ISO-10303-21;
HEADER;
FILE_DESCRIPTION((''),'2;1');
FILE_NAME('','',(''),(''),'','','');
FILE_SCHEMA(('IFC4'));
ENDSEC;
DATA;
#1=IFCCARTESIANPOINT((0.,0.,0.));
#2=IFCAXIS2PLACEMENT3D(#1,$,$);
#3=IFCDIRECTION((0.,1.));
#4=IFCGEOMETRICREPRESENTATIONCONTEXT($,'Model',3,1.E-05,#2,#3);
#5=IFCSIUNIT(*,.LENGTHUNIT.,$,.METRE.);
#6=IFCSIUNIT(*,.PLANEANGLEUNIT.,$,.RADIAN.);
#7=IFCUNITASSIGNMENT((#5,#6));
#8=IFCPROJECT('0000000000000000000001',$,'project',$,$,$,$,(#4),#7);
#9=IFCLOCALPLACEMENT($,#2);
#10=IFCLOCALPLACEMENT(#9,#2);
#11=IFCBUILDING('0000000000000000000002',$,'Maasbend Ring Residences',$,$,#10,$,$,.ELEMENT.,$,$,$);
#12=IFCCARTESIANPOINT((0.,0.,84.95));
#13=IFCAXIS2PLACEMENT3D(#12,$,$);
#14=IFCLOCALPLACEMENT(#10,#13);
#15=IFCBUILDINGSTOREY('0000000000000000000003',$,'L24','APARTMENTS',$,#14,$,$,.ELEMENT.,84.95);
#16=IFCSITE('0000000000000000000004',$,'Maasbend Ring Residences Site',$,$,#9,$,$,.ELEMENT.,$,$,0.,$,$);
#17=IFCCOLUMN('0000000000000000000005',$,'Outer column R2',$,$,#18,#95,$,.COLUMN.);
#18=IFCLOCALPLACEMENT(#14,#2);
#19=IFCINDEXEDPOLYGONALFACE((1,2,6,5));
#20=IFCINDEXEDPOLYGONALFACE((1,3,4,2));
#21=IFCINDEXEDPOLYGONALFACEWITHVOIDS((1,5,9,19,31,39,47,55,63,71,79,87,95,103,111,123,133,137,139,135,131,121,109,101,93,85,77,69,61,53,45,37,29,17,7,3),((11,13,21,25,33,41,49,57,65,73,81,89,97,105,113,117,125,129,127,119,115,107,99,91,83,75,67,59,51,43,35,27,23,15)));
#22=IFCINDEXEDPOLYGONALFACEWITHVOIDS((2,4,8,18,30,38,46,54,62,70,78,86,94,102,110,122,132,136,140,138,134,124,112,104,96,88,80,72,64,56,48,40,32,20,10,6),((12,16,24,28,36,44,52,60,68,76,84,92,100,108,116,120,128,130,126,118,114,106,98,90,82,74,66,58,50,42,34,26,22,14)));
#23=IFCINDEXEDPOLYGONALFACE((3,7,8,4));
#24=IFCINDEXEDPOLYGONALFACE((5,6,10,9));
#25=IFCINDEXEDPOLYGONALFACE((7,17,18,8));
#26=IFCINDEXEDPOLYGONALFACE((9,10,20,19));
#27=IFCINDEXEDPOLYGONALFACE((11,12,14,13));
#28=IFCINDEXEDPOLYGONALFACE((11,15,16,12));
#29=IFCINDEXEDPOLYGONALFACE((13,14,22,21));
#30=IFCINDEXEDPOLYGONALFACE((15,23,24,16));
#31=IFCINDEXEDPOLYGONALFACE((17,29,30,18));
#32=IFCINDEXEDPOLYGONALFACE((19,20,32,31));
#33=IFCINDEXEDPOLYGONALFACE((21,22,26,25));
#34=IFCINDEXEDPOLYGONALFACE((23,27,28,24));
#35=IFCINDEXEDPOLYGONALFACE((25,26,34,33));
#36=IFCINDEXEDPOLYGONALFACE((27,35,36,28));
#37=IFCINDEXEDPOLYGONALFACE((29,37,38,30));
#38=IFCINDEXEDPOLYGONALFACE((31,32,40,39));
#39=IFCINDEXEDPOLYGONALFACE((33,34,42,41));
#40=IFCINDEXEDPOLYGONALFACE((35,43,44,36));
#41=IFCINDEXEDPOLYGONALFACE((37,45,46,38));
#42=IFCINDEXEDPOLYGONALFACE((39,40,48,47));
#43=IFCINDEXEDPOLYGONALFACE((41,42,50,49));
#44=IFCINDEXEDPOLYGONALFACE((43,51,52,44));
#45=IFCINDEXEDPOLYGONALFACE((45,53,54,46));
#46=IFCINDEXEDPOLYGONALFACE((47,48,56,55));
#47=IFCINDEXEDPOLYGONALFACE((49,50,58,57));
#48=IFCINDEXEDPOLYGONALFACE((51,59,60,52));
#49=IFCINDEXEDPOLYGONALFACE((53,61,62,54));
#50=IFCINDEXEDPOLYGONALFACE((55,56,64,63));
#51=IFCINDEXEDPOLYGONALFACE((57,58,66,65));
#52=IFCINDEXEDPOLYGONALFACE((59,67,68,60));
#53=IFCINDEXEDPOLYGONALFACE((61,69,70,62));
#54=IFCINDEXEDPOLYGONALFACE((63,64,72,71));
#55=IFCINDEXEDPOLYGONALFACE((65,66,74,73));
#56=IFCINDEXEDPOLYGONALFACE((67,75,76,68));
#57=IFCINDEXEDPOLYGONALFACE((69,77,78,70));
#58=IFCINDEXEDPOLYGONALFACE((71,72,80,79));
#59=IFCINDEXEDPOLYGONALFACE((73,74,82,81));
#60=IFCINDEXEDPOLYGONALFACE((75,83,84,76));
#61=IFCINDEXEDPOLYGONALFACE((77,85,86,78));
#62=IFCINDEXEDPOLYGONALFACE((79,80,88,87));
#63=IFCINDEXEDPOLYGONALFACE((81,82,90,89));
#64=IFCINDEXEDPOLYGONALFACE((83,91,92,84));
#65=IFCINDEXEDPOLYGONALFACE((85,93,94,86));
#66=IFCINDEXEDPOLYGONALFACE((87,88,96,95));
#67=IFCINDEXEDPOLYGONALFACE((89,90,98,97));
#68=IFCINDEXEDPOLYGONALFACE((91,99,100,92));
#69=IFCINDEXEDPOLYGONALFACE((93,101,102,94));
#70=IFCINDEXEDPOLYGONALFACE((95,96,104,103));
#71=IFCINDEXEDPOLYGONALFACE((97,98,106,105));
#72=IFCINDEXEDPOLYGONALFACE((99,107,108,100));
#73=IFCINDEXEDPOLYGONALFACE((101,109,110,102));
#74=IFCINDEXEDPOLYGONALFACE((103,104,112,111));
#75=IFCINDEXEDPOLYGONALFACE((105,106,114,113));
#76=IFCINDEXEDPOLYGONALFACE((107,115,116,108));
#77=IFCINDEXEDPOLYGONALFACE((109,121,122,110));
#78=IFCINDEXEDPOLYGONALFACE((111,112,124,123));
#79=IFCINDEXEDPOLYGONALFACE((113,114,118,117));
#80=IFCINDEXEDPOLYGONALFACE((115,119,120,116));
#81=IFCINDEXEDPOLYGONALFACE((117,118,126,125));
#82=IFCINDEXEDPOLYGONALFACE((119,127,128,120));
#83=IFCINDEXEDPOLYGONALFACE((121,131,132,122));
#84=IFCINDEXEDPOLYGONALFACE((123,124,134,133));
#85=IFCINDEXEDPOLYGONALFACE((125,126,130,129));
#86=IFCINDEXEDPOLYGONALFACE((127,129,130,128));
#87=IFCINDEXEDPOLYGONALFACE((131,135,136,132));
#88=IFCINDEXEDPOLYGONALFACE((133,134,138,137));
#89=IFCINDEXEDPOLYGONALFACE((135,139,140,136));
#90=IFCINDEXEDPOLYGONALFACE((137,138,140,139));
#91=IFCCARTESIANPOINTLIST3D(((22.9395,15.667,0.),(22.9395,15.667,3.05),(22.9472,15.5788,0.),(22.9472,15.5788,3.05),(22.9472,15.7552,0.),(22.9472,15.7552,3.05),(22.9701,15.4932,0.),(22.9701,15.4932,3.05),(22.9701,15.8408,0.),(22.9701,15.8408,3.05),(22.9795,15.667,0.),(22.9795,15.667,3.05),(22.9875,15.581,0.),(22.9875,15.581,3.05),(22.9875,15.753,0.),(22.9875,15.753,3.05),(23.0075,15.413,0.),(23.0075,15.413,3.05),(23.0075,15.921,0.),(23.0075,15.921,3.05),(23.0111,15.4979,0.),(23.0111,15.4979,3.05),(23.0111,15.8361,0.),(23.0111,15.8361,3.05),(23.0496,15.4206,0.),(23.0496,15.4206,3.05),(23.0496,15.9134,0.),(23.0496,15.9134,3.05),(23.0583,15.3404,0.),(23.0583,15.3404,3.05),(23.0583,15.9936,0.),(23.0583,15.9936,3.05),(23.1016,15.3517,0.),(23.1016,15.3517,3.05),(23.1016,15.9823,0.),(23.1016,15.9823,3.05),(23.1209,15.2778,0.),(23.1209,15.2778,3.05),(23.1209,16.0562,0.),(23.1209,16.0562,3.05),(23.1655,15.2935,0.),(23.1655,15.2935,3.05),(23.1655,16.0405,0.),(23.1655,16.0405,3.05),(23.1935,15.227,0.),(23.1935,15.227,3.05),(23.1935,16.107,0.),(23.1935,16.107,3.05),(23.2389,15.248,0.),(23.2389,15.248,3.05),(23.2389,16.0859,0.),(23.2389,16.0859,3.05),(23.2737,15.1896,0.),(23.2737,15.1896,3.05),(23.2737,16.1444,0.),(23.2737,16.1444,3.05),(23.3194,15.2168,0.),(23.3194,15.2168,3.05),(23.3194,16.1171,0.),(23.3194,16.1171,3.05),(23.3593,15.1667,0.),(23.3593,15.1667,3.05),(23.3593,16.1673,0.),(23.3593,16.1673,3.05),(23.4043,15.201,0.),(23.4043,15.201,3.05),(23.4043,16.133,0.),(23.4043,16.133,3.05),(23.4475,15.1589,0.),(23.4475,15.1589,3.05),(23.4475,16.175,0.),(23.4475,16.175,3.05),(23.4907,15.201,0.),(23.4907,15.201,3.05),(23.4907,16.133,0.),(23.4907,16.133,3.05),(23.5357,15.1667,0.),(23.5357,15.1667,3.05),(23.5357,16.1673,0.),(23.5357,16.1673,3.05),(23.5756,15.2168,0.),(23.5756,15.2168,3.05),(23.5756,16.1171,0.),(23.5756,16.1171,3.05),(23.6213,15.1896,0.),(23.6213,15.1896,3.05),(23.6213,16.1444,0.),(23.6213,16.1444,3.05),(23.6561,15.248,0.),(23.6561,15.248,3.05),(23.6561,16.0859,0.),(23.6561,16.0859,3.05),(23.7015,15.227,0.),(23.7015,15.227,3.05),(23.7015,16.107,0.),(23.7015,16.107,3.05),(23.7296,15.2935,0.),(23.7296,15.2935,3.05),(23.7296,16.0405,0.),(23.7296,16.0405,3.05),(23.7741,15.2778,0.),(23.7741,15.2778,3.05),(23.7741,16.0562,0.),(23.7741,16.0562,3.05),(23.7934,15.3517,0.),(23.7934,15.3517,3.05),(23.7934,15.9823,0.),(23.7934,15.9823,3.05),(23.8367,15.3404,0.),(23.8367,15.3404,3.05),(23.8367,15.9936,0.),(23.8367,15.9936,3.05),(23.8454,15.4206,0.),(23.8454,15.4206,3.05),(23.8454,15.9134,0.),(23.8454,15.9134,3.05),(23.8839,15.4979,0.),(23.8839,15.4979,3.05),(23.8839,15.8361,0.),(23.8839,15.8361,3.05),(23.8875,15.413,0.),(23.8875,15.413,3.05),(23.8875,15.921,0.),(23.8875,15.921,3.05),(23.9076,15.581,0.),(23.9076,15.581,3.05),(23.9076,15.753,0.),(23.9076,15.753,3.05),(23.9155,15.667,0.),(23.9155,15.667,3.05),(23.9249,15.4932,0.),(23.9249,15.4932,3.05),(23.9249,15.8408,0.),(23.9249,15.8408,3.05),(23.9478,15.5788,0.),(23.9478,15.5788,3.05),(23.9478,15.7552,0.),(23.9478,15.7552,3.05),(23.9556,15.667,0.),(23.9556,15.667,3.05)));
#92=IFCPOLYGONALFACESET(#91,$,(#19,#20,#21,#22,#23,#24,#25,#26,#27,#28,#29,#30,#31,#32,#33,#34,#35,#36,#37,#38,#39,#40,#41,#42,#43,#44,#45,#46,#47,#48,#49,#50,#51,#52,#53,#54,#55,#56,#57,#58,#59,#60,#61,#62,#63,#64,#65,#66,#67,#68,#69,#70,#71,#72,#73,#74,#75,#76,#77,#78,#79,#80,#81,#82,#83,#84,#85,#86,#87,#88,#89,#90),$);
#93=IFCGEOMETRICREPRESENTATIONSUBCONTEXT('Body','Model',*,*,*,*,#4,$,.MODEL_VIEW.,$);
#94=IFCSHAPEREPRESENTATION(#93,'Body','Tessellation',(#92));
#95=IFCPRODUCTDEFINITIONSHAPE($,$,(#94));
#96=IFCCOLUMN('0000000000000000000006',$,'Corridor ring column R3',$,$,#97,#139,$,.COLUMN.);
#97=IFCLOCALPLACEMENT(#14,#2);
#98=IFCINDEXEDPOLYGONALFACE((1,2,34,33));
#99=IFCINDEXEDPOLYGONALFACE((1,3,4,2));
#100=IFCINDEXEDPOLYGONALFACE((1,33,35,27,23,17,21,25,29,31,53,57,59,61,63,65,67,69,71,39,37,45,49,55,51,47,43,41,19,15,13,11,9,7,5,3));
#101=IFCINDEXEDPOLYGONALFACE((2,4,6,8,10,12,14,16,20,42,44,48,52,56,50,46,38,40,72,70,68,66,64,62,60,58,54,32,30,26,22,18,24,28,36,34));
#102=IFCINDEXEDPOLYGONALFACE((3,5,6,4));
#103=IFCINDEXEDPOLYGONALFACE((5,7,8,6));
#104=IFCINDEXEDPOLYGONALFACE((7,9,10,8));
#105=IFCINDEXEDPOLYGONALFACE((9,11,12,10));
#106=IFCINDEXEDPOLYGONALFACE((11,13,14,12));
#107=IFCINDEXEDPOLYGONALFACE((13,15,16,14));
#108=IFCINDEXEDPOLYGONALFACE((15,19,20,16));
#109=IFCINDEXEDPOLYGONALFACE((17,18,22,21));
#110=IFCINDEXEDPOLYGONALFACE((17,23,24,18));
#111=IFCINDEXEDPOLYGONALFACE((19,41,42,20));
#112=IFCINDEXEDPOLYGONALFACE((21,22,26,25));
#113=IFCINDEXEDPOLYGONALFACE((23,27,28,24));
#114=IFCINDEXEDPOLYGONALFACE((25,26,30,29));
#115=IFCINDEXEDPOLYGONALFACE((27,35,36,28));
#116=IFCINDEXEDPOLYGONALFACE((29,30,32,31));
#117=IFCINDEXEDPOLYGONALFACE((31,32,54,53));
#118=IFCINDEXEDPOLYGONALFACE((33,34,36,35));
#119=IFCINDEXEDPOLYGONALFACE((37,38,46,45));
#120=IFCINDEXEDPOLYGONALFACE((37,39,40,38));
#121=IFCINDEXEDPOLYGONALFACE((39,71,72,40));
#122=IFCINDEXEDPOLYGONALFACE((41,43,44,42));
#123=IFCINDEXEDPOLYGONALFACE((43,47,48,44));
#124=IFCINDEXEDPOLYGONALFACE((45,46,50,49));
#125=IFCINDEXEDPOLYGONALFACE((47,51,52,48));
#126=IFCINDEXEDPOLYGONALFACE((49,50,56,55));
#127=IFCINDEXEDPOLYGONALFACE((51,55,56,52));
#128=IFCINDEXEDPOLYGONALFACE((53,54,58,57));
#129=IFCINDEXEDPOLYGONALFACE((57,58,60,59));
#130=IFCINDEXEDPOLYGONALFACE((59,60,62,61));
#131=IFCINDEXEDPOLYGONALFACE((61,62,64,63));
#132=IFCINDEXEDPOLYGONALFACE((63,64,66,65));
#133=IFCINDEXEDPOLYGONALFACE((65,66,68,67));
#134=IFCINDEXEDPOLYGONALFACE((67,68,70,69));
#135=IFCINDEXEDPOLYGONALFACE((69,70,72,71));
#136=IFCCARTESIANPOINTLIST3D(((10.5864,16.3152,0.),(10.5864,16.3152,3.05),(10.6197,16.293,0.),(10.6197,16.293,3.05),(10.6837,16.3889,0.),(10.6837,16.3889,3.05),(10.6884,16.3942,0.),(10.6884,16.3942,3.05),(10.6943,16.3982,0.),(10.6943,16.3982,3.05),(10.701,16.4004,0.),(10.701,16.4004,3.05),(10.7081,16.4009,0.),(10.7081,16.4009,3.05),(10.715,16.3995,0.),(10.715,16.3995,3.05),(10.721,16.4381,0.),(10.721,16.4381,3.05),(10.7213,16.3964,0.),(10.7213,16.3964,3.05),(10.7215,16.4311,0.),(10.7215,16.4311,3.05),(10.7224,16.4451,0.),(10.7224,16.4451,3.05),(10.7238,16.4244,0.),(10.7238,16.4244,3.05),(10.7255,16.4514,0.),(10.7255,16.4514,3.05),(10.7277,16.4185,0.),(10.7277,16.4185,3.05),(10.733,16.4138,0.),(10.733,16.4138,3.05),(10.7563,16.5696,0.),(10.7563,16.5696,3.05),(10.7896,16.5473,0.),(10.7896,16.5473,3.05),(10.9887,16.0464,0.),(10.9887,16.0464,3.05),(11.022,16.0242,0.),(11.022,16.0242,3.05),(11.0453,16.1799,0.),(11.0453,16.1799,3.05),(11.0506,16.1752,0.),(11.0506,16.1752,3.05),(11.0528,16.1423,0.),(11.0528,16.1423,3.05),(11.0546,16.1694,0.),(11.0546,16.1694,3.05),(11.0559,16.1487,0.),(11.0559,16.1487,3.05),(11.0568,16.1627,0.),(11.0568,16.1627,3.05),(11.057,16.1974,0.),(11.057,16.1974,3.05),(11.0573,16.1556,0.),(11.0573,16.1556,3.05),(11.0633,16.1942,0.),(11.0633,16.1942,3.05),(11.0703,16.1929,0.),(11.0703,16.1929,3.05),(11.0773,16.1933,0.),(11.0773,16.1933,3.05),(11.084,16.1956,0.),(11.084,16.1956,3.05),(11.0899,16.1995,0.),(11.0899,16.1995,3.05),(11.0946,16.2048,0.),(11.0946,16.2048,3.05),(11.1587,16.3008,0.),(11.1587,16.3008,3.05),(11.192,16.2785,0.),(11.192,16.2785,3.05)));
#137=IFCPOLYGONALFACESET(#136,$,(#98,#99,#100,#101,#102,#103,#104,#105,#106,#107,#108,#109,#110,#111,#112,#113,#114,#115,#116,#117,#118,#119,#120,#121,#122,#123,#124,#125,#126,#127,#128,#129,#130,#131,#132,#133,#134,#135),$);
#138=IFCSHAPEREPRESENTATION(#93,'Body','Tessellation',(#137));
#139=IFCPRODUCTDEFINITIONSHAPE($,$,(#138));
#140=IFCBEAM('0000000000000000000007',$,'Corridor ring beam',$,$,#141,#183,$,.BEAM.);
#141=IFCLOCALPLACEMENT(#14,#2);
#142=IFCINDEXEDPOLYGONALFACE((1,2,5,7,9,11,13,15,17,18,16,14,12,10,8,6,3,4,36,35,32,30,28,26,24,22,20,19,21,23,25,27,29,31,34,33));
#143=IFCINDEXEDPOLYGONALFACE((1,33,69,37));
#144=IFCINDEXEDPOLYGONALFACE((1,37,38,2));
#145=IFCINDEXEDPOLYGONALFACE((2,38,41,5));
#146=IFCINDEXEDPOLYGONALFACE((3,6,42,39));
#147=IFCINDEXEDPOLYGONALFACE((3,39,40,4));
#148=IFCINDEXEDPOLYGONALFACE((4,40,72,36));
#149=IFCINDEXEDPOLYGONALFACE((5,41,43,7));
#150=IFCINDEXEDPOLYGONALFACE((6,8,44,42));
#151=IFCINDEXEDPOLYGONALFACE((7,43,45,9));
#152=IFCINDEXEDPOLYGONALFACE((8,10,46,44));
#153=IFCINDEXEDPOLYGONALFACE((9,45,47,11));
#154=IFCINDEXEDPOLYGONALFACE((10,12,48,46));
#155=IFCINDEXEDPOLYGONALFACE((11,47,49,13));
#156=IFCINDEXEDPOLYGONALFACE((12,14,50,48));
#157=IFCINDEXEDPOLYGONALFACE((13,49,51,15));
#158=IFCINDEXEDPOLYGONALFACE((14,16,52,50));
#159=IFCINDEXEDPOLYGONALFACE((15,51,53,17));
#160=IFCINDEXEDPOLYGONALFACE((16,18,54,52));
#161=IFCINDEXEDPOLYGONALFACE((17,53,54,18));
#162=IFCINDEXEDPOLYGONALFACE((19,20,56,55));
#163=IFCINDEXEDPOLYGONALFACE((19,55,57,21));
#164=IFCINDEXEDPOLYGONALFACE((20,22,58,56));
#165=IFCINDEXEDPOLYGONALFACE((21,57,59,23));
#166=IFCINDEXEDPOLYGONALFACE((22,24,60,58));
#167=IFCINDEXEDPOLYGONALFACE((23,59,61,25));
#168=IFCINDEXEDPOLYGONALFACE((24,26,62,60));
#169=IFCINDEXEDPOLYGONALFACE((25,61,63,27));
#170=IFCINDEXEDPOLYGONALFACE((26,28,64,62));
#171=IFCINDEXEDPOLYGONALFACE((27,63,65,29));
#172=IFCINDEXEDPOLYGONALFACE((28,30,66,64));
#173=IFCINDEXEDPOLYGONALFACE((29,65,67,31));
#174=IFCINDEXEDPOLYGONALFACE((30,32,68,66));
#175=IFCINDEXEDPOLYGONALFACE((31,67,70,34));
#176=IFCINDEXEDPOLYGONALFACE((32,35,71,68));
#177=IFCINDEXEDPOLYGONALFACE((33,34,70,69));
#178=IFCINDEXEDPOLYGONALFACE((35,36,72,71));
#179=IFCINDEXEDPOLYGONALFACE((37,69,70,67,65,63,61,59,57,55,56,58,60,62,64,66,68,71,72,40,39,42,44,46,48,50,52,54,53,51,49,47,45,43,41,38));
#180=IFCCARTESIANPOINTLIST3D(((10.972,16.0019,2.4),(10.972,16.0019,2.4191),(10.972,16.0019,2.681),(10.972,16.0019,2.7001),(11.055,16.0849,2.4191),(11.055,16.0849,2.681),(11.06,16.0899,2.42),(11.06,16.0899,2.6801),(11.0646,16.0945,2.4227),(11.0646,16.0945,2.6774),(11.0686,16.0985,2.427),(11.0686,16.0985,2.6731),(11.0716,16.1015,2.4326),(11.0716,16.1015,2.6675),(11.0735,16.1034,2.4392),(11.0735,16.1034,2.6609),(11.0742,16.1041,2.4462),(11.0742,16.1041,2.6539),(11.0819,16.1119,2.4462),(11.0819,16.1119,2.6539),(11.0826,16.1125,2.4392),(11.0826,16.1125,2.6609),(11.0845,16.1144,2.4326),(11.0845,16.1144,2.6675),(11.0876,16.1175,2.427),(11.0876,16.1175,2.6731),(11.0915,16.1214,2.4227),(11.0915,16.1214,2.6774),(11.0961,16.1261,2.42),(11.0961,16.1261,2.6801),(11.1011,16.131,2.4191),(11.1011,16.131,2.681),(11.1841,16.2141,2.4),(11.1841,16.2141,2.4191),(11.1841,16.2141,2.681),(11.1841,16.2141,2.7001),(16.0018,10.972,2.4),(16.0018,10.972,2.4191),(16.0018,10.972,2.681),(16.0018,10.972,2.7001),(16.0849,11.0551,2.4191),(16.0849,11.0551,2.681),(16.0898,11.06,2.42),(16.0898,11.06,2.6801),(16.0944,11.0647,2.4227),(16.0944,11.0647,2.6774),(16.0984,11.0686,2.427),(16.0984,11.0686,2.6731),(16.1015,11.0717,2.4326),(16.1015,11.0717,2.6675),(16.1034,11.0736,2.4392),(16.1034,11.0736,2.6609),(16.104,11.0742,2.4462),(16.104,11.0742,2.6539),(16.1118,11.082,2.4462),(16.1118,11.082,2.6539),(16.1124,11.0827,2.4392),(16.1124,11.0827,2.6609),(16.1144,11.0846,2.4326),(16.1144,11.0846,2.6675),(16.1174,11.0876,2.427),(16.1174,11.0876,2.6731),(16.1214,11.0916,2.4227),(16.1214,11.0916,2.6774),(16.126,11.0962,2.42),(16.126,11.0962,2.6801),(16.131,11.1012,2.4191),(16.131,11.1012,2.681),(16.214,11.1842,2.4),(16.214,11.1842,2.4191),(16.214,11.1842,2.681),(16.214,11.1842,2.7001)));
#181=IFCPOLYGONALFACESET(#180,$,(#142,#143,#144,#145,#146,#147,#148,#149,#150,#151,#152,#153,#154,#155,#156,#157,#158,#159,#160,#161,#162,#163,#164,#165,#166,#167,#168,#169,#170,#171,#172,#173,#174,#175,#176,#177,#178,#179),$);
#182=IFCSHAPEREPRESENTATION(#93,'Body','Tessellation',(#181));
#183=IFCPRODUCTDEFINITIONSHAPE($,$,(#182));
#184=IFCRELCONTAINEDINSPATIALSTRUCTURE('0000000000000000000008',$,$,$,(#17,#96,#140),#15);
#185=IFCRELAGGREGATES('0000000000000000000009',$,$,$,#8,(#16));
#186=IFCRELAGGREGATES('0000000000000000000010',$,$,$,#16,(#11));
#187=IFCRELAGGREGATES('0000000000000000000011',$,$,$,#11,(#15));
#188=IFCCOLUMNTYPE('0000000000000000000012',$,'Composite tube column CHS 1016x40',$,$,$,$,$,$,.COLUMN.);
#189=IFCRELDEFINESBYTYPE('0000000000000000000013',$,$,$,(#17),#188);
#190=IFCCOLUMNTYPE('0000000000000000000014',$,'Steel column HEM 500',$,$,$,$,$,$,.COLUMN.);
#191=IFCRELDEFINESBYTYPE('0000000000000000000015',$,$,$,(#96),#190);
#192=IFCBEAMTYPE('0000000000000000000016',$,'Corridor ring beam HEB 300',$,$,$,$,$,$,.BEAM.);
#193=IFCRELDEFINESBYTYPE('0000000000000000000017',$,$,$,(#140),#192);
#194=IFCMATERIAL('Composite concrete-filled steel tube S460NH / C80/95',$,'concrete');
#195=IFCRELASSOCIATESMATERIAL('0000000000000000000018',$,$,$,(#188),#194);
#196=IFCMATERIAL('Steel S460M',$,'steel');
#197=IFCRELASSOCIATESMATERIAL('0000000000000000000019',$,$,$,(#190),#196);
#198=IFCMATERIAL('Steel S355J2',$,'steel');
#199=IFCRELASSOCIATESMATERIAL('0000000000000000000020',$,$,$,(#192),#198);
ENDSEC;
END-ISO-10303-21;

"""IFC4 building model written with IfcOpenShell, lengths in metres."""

from ifc_helpers import new_model, si_unit, direction, frame, origin, origin_2d, place, context, subcontext, project, spatial, hollow_circle, i_section, extrude, material, material_profile, profile_set, type_object, element, save


model = new_model("IFC4")

# Units and contexts
model_context = context("Model", 3, precision=1e-05, world=origin(), true_north=direction((0.0, 1.0)))
body_context = subcontext(model_context, "Body", "Model", "MODEL_VIEW")
ifc_project = project(units=[si_unit("LENGTHUNIT", "METRE"), si_unit("PLANEANGLEUNIT", "RADIAN")], contexts=[model_context])

# Site, building, storey
site_placement = place(None, origin())
site = spatial("IfcSite", under=ifc_project, at=site_placement, Name="Maasbend Ring Residences Site", CompositionType="ELEMENT", RefElevation=0.0)
building_placement = place(site_placement, origin())
building = spatial("IfcBuilding", under=site, at=building_placement, Name="Maasbend Ring Residences", CompositionType="ELEMENT")
storey_placement = place(building_placement, frame((0.0, 0.0, 84.95)))
storey = spatial("IfcBuildingStorey", under=building, at=storey_placement, Name="L24", Description="APARTMENTS", CompositionType="ELEMENT", Elevation=84.95)

# Columns
ifc_material_1 = material(Name="Composite concrete-filled steel tube S460NH / C80/95", Category="concrete")
ifc_material_profile_1 = material_profile(ifc_material_1, hollow_circle(Radius=0.5081, WallThickness=0.04, at=origin_2d()), Name="Composite tube column CHS 1016x40")
ifc_profile_set_1 = profile_set([ifc_material_profile_1], Name="Composite concrete-filled steel tube S460NH / C80/95")
column_type_1 = type_object("IfcColumnType", Name="Composite tube column CHS 1016x40", PredefinedType="COLUMN", material=ifc_profile_set_1)
column_1_placement = place(storey_placement, frame((23.4475, 15.667, 0.0), z_axis=(0.0, 0.0, 1.0), x_axis=(1.0, 0.0, 0.0)))
element("IfcColumn", 1, at=column_1_placement, inside=storey, type_object=column_type_1, Name="Outer column R2", PredefinedType="COLUMN", context=body_context, shape_type="SweptSolid", body=[
    extrude(hollow_circle(Radius=0.5081, WallThickness=0.04, at=origin_2d()), origin(), (0.0, 0.0, 1.0), 3.05),
])
ifc_material_2 = material(Name="Steel S460M", Category="steel")
ifc_material_profile_2 = material_profile(ifc_material_2, i_section(OverallWidth=0.3059, OverallDepth=0.5239, WebThickness=0.021, FlangeThickness=0.04, FilletRadius=0.0271, at=origin_2d()), Name="HEM 500")
ifc_profile_set_2 = profile_set([ifc_material_profile_2], Name="Steel S460M")
column_type_2 = type_object("IfcColumnType", Name="Steel column HEM 500", PredefinedType="COLUMN", material=ifc_profile_set_2)
column_2_placement = place(storey_placement, frame((10.8892, 16.2969, 0.0), z_axis=(0.0, 0.0, 1.0), x_axis=(0.55557, 0.83147, 0.0)))
element("IfcColumn", 2, at=column_2_placement, inside=storey, type_object=column_type_2, Name="Corridor ring column R3", PredefinedType="COLUMN", context=body_context, shape_type="SweptSolid", body=[
    extrude(i_section(OverallWidth=0.3059, OverallDepth=0.5239, WebThickness=0.021, FlangeThickness=0.04, FilletRadius=0.0271, at=origin_2d()), origin(), (0.0, 0.0, 1.0), 3.05),
])

# Beam
ifc_material_3 = material(Name="Steel S355J2", Category="steel")
ifc_material_profile_3 = material_profile(ifc_material_3, i_section(OverallWidth=0.3, OverallDepth=0.3, WebThickness=0.011, FlangeThickness=0.019, FilletRadius=0.0271, at=origin_2d()), Name="HEB 300")
ifc_profile_set_3 = profile_set([ifc_material_profile_3], Name="Steel S355J2")
beam_type_1 = type_object("IfcBeamType", Name="Corridor ring beam HEB 300", PredefinedType="BEAM", material=ifc_profile_set_3)
for number, where, z_axis, x_axis, name in (
    (3, (16.1079, 11.0781, 2.55), (-0.707107, 0.707107, 0.0), (-0.707107, -0.707107, 0.0), "Corridor ring beam"),
):
    element("IfcBeam", number, at=place(storey_placement, frame(where, z_axis=z_axis, x_axis=x_axis)), inside=storey, type_object=beam_type_1, Name=name, PredefinedType="BEAM", context=body_context, shape_type="SweptSolid", body=[
        extrude(i_section(OverallWidth=0.3, OverallDepth=0.3, WebThickness=0.011, FlangeThickness=0.019, FilletRadius=0.0271, at=origin_2d()), origin(), (0.0, 0.0, 1.0), 7.1133),
    ])

save(model, "model.ifc")
